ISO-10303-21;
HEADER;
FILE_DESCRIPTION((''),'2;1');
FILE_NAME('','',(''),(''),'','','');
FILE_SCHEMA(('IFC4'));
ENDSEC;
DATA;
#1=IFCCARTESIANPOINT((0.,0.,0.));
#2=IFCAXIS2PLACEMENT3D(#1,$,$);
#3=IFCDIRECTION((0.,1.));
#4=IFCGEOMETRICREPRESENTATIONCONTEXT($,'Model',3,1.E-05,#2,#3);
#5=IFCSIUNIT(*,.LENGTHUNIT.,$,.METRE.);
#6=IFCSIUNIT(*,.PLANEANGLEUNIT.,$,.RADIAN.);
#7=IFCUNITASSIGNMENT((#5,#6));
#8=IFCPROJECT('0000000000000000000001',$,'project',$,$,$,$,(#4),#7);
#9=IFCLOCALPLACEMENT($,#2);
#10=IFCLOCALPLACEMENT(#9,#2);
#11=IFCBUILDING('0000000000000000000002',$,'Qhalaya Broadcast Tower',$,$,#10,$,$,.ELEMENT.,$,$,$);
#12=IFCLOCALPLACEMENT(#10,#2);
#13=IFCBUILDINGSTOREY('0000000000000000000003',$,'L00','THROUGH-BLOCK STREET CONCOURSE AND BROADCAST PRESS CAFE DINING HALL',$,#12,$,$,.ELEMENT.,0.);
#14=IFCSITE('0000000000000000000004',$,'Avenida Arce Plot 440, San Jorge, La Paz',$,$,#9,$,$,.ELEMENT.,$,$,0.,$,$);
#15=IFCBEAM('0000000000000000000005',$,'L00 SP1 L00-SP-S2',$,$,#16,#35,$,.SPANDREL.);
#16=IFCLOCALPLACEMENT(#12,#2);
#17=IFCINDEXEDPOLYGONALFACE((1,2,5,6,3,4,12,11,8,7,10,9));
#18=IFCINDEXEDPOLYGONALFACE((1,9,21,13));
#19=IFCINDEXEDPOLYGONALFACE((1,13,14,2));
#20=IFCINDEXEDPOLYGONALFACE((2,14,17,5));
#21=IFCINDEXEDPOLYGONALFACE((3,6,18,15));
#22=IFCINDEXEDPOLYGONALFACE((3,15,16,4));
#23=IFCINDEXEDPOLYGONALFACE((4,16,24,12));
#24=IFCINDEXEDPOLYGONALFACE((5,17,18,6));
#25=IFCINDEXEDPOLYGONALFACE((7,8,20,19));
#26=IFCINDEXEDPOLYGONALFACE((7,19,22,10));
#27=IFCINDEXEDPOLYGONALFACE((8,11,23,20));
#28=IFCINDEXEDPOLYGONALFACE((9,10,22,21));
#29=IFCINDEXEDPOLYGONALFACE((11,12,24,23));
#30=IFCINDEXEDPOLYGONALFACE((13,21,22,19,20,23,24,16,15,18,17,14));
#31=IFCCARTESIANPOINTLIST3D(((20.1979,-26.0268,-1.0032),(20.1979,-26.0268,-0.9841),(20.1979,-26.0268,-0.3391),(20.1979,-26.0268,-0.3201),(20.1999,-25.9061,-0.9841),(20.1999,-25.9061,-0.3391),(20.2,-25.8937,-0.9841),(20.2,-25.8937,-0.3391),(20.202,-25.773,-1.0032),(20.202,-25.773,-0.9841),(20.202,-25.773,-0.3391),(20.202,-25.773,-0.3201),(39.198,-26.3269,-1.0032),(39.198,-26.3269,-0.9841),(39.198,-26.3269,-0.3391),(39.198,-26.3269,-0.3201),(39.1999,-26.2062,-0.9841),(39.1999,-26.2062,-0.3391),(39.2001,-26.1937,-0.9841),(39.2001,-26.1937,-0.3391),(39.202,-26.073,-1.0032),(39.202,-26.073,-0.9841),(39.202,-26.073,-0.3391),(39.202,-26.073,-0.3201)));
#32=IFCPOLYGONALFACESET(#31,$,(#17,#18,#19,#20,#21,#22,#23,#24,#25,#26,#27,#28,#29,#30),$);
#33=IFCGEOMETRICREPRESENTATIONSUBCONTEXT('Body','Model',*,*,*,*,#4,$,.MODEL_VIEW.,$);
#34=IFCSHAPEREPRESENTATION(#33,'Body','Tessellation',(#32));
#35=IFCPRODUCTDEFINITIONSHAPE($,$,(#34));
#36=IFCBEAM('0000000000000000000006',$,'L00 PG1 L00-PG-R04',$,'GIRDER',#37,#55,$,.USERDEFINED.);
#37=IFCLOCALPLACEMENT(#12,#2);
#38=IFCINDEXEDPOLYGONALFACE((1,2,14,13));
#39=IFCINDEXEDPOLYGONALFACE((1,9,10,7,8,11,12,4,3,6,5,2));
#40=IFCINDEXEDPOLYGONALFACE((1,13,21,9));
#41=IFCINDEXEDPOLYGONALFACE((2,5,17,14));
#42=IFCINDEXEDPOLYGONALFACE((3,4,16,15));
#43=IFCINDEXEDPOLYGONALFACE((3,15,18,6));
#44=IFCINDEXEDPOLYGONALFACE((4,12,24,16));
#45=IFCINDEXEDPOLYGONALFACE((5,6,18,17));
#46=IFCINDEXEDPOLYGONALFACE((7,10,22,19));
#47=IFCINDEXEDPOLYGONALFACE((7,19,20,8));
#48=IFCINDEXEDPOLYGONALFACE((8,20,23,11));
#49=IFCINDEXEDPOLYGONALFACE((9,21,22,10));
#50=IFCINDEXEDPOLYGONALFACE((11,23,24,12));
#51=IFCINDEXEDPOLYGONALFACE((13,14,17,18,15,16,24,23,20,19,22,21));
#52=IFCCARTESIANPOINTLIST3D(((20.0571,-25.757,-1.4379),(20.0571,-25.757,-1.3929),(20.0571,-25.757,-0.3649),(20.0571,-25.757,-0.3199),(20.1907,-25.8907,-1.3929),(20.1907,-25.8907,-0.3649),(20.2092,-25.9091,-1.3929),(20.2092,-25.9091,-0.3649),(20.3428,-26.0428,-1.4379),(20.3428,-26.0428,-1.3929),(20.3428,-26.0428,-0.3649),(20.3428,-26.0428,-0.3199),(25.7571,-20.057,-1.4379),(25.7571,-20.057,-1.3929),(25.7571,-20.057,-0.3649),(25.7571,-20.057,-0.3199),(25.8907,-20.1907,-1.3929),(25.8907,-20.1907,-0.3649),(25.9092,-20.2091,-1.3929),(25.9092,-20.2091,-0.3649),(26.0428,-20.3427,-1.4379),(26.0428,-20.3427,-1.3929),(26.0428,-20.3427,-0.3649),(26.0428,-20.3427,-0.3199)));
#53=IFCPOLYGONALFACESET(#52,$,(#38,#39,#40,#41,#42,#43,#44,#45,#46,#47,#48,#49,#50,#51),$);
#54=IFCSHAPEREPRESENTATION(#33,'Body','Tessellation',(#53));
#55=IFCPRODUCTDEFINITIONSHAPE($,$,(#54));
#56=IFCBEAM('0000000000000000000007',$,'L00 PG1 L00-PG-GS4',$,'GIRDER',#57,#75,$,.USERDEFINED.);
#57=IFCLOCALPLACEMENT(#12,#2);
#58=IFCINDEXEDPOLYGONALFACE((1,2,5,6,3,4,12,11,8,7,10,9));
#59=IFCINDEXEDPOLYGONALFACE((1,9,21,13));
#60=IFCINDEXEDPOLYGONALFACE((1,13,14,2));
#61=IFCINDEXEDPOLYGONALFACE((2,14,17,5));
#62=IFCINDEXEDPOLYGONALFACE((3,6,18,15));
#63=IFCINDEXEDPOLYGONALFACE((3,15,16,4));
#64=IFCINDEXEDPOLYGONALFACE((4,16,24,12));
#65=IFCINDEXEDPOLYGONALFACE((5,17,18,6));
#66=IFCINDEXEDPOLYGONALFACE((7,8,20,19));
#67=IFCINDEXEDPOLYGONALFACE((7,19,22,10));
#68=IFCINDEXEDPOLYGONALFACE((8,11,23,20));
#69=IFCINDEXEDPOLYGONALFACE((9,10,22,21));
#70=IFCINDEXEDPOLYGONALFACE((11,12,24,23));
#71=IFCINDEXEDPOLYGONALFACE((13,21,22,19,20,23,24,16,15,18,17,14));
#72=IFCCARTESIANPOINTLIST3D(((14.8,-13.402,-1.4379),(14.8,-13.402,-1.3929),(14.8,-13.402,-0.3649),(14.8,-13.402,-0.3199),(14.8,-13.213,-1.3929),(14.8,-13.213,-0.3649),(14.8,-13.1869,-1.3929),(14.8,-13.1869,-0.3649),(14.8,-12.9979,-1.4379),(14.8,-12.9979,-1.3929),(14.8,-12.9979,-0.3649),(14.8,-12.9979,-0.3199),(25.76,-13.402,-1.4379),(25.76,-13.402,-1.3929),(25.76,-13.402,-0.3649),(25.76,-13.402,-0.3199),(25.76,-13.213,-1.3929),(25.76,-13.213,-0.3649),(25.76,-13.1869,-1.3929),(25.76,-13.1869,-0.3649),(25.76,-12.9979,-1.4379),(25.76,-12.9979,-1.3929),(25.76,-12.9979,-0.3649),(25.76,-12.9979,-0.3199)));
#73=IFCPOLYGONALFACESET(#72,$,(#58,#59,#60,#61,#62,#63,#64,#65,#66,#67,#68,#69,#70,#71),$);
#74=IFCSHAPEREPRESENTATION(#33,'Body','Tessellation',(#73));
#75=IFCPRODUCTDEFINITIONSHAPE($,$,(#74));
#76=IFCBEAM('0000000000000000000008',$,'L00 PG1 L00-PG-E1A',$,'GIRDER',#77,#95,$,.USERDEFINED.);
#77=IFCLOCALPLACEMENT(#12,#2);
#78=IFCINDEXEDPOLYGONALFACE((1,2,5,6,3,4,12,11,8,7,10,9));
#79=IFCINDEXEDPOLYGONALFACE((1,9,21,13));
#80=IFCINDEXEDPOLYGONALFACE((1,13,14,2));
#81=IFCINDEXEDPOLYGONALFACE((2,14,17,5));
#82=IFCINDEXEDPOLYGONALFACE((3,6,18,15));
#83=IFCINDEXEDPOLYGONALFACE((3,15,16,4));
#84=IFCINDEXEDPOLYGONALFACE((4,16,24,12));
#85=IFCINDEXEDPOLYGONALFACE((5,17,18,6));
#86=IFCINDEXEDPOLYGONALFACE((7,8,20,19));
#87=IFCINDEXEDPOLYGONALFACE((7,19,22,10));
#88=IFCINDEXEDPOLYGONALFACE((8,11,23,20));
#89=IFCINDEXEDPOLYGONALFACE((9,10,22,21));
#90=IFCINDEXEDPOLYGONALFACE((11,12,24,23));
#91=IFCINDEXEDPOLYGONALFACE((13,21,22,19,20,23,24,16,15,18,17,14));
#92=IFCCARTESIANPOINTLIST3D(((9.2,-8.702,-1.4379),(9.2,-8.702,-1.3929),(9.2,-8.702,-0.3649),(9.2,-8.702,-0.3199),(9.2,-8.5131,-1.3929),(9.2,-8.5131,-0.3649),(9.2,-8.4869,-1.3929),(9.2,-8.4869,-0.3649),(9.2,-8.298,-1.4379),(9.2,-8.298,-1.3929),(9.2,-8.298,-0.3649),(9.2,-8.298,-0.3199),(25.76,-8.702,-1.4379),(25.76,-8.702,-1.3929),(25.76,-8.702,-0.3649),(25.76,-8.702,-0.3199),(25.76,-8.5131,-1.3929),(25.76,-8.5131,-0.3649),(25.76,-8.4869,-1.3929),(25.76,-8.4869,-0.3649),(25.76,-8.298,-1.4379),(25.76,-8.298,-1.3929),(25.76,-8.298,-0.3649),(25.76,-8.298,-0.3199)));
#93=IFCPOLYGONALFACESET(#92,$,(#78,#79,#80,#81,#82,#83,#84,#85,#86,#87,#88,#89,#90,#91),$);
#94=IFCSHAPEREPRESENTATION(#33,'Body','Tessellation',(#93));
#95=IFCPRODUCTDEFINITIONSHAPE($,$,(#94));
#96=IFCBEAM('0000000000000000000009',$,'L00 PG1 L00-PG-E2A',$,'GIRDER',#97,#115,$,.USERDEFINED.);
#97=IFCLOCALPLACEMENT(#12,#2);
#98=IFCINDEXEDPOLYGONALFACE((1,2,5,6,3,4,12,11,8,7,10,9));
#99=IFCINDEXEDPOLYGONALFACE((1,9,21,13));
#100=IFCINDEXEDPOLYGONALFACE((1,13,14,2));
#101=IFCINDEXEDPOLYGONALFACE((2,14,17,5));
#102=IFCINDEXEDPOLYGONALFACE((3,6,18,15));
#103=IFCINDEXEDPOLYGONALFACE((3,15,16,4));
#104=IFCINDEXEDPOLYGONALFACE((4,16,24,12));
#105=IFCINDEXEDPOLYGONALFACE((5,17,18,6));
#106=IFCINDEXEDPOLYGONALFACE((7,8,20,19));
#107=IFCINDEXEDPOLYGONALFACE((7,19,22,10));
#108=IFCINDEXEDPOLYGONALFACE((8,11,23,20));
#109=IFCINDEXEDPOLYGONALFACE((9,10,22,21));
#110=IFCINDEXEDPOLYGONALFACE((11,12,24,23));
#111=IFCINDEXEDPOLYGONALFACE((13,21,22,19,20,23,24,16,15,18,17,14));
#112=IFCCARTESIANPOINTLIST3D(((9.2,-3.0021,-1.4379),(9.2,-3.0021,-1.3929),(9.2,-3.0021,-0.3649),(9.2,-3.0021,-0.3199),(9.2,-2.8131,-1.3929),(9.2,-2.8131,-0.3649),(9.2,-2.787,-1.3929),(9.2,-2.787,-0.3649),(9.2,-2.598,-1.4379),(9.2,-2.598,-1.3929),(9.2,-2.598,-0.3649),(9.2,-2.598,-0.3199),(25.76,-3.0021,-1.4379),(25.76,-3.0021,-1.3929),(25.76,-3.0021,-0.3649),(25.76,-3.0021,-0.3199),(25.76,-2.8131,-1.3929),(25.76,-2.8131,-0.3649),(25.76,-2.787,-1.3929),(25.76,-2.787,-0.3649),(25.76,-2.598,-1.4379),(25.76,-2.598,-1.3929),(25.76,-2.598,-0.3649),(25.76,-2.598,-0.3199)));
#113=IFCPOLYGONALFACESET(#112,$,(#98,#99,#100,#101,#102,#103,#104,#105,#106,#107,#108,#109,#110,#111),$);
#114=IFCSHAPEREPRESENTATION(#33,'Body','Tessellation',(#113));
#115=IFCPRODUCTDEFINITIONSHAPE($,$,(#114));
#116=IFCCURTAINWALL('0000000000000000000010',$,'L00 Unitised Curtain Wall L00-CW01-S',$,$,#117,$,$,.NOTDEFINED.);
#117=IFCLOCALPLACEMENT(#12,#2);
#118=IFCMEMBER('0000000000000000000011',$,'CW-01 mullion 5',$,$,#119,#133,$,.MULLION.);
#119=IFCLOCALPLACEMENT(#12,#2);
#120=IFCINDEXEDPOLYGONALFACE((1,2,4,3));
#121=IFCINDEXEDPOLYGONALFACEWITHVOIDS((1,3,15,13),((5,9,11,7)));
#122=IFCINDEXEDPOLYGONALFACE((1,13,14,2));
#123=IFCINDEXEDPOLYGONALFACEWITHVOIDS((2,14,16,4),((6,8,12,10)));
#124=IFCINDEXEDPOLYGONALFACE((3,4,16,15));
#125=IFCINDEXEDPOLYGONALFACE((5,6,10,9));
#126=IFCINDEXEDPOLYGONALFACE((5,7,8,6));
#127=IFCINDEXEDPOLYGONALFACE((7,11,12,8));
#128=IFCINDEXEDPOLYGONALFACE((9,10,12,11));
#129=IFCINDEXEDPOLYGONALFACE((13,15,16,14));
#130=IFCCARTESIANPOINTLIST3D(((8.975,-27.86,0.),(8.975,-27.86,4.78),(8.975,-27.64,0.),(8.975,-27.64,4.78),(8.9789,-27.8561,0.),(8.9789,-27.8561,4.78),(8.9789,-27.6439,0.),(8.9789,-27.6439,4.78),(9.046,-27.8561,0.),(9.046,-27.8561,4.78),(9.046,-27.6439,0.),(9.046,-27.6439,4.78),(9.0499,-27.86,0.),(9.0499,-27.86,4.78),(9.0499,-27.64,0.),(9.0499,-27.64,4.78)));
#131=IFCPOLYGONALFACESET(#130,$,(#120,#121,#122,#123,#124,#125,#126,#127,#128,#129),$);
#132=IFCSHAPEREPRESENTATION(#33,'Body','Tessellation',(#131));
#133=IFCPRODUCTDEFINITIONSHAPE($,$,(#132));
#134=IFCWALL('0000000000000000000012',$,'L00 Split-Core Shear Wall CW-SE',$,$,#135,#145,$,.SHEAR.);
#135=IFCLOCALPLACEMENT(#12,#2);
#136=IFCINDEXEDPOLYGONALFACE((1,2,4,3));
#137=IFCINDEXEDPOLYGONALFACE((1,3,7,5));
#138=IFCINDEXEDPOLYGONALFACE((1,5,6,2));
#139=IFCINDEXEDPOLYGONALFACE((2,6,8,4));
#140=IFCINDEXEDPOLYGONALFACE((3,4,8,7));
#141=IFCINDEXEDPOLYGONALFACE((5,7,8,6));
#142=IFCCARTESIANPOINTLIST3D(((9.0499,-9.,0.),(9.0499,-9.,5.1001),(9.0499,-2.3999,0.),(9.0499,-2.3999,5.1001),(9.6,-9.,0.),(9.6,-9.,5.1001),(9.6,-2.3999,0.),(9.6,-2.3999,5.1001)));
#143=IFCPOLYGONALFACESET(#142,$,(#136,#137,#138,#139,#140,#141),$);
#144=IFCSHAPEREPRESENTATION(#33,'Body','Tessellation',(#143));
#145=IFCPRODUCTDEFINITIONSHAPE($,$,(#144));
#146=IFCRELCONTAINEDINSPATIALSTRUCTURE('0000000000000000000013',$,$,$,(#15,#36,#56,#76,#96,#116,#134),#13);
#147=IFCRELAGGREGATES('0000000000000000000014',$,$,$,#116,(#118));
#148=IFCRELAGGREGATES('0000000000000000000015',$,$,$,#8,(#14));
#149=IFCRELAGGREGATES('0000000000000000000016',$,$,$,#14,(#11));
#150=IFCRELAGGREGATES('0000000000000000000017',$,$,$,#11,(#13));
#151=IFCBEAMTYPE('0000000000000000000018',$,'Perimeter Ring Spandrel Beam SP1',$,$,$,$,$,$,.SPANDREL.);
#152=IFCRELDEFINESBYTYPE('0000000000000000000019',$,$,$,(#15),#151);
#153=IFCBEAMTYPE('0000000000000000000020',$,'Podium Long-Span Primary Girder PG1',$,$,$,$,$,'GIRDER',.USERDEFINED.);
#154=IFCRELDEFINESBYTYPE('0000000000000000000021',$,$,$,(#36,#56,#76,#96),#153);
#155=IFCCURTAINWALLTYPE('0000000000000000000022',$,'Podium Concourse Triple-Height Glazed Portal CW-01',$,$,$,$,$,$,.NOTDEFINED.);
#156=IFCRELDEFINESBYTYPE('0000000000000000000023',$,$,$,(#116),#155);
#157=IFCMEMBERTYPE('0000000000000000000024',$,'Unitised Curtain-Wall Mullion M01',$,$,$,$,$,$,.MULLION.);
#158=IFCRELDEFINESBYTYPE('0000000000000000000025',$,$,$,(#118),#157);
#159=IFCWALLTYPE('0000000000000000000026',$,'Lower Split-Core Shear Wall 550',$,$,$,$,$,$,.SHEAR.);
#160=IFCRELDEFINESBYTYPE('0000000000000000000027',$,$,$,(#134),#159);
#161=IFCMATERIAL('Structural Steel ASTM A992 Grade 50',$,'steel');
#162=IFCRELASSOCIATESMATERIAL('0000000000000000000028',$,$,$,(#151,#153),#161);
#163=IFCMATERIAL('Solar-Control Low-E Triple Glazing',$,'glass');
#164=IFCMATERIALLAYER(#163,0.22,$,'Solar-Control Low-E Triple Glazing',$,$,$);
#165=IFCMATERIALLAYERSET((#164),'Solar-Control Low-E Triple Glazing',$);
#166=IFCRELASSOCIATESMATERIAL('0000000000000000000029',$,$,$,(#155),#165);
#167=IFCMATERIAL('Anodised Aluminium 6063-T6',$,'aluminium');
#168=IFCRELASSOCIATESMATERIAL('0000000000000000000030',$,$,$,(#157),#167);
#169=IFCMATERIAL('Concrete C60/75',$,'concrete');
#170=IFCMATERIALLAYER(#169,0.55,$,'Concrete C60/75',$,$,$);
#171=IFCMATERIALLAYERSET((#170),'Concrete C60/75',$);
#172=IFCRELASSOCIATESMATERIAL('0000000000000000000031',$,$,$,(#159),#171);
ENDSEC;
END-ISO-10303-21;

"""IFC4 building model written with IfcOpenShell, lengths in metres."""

from ifc_helpers import new_model, si_unit, direction, frame, frame_2d, origin, origin_2d, place, context, subcontext, project, spatial, rectangle, hollow_rectangle, i_section, extrude, material, layer, layer_set, material_profile, profile_set, type_object, element, aggregate, save


model = new_model("IFC4")

# Units and contexts
model_context = context("Model", 3, precision=1e-05, world=origin(), true_north=direction((0.0, 1.0)))
body_context = subcontext(model_context, "Body", "Model", "MODEL_VIEW")
ifc_project = project(units=[si_unit("LENGTHUNIT", "METRE"), si_unit("PLANEANGLEUNIT", "RADIAN")], contexts=[model_context])

# Site, building, storey
site_placement = place(None, origin())
site = spatial("IfcSite", under=ifc_project, at=site_placement, Name="Avenida Arce Plot 440, San Jorge, La Paz", CompositionType="ELEMENT", RefElevation=0.0)
building_placement = place(site_placement, origin())
building = spatial("IfcBuilding", under=site, at=building_placement, Name="Qhalaya Broadcast Tower", CompositionType="ELEMENT")
storey_placement = place(building_placement, origin())
storey = spatial("IfcBuildingStorey", under=building, at=storey_placement, Name="L00", Description="THROUGH-BLOCK STREET CONCOURSE AND BROADCAST PRESS CAFE DINING HALL", CompositionType="ELEMENT", Elevation=0.0)

# Shared definitions
ifc_material_1 = material(Name="Concrete C60/75", Category="concrete")

# Beams
ifc_material_2 = material(Name="Structural Steel ASTM A992 Grade 50", Category="steel")
ifc_material_profile_1 = material_profile(ifc_material_2, i_section(OverallWidth=0.2539, OverallDepth=0.6831, WebThickness=0.0125, FlangeThickness=0.019, at=origin_2d()), Name="W27X94")
ifc_profile_set_1 = profile_set([ifc_material_profile_1], Name="Structural Steel ASTM A992 Grade 50")
beam_type_1 = type_object("IfcBeamType", Name="Perimeter Ring Spandrel Beam SP1", PredefinedType="SPANDREL", material=ifc_profile_set_1)
beam_1_placement = place(storey_placement, frame((20.2, -25.8999, -0.6616), z_axis=(0.999875, -0.01579, 0.0), x_axis=(0.01579, 0.999875, 0.0)))
element("IfcBeam", 1, at=beam_1_placement, inside=storey, type_object=beam_type_1, Name="L00 SP1 L00-SP-S2", PredefinedType="SPANDREL", context=body_context, shape_type="SweptSolid", body=[
    extrude(i_section(OverallWidth=0.2539, OverallDepth=0.6831, WebThickness=0.0125, FlangeThickness=0.019, at=origin_2d()), origin(), (0.0, 0.0, 1.0), 19.0024),
])
ifc_material_profile_2 = material_profile(ifc_material_2, i_section(OverallWidth=0.4041, OverallDepth=1.1179, WebThickness=0.0261, FlangeThickness=0.0449, at=origin_2d()), Name="W44X335")
ifc_profile_set_2 = profile_set([ifc_material_profile_2], Name="Structural Steel ASTM A992 Grade 50")
beam_type_2 = type_object("IfcBeamType", Name="Podium Long-Span Primary Girder PG1", ElementType="GIRDER", PredefinedType="USERDEFINED", material=ifc_profile_set_2)
beam_2_placement = place(storey_placement, frame((20.2, -25.8999, -0.8789), z_axis=(0.707107, 0.707107, 0.0), x_axis=(-0.707107, 0.707107, 0.0)))
element("IfcBeam", 2, at=beam_2_placement, inside=storey, type_object=beam_type_2, Name="L00 PG1 L00-PG-R04", ObjectType="GIRDER", PredefinedType="USERDEFINED", context=body_context, shape_type="SweptSolid", body=[
    extrude(i_section(OverallWidth=0.4041, OverallDepth=1.1179, WebThickness=0.0261, FlangeThickness=0.0449, at=origin_2d()), origin(), (0.0, 0.0, 1.0), 8.061),
])
beam_3_placement = place(storey_placement, frame((14.8, -13.2, -0.8789), z_axis=(1.0, 0.0, 0.0), x_axis=(0.0, 1.0, 0.0)))
element("IfcBeam", 3, at=beam_3_placement, inside=storey, type_object=beam_type_2, Name="L00 PG1 L00-PG-GS4", ObjectType="GIRDER", PredefinedType="USERDEFINED", context=body_context, shape_type="SweptSolid", body=[
    extrude(i_section(OverallWidth=0.4041, OverallDepth=1.1179, WebThickness=0.0261, FlangeThickness=0.0449, at=origin_2d()), origin(), (0.0, 0.0, 1.0), 10.96),
])
for number, where, z_axis, x_axis, name in (
    (4, (9.2, -8.5, -0.8789), (1.0, 0.0, 0.0), (0.0, 1.0, 0.0), "L00 PG1 L00-PG-E1A"),
    (5, (9.2, -2.8, -0.8789), (1.0, 0.0, 0.0), (0.0, 1.0, 0.0), "L00 PG1 L00-PG-E2A"),
):
    element("IfcBeam", number, at=place(storey_placement, frame(where, z_axis=z_axis, x_axis=x_axis)), inside=storey, type_object=beam_type_2, Name=name, ObjectType="GIRDER", PredefinedType="USERDEFINED", context=body_context, shape_type="SweptSolid", body=[
        extrude(i_section(OverallWidth=0.4041, OverallDepth=1.1179, WebThickness=0.0261, FlangeThickness=0.0449, at=origin_2d()), origin(), (0.0, 0.0, 1.0), 16.5601),
    ])

# Curtain wall, member
ifc_material_3 = material(Name="Solar-Control Low-E Triple Glazing", Category="glass")
ifc_layer_1 = layer(ifc_material_3, 0.22, Name="Solar-Control Low-E Triple Glazing")
ifc_layer_set_1 = layer_set([ifc_layer_1], Name="Solar-Control Low-E Triple Glazing")
curtain_wall_type = type_object("IfcCurtainWallType", Name="Podium Concourse Triple-Height Glazed Portal CW-01", PredefinedType="NOTDEFINED", material=ifc_layer_set_1)
curtain_wall_placement = place(storey_placement, origin())
curtain_wall = element("IfcCurtainWall", 6, at=curtain_wall_placement, inside=storey, type_object=curtain_wall_type, Name="L00 Unitised Curtain Wall L00-CW01-S", PredefinedType="NOTDEFINED")
ifc_material_4 = material(Name="Anodised Aluminium 6063-T6", Category="aluminium")
ifc_material_profile_3 = material_profile(ifc_material_4, hollow_rectangle(XDim=0.075, YDim=0.22, WallThickness=0.0039, at=origin_2d()), Name="ALU-MUL 75x220x4")
ifc_profile_set_3 = profile_set([ifc_material_profile_3], Name="Anodised Aluminium 6063-T6")
member_type = type_object("IfcMemberType", Name="Unitised Curtain-Wall Mullion M01", PredefinedType="MULLION", material=ifc_profile_set_3)
member_placement = place(storey_placement, frame((9.0125, -27.75, 0.0), z_axis=(0.0, 0.0, 1.0), x_axis=(1.0, 0.0, 0.0)))
member = element("IfcMember", 7, at=member_placement, type_object=member_type, Name="CW-01 mullion 5", PredefinedType="MULLION", context=body_context, shape_type="SweptSolid", body=[
    extrude(hollow_rectangle(XDim=0.075, YDim=0.22, WallThickness=0.0039, at=origin_2d()), origin(), (0.0, 0.0, 1.0), 4.78),
])
aggregate(curtain_wall, [member])

# Wall
ifc_layer_2 = layer(ifc_material_1, 0.55, Name="Concrete C60/75")
ifc_layer_set_2 = layer_set([ifc_layer_2], Name="Concrete C60/75")
wall_type = type_object("IfcWallType", Name="Lower Split-Core Shear Wall 550", PredefinedType="SHEAR", material=ifc_layer_set_2)
wall_placement = place(storey_placement, frame((9.325, -9.0, 0.0), z_axis=(0.0, 0.0, 1.0), x_axis=(0.0, 1.0, 0.0)))
element("IfcWall", 8, at=wall_placement, inside=storey, type_object=wall_type, Name="L00 Split-Core Shear Wall CW-SE", PredefinedType="SHEAR", context=body_context, shape_type="SweptSolid", body=[
    extrude(rectangle(XDim=6.6001, YDim=0.55, at=frame_2d((3.3, 0.0))), origin(), (0.0, 0.0, 1.0), 5.1001),
])

save(model, "model.ifc")
